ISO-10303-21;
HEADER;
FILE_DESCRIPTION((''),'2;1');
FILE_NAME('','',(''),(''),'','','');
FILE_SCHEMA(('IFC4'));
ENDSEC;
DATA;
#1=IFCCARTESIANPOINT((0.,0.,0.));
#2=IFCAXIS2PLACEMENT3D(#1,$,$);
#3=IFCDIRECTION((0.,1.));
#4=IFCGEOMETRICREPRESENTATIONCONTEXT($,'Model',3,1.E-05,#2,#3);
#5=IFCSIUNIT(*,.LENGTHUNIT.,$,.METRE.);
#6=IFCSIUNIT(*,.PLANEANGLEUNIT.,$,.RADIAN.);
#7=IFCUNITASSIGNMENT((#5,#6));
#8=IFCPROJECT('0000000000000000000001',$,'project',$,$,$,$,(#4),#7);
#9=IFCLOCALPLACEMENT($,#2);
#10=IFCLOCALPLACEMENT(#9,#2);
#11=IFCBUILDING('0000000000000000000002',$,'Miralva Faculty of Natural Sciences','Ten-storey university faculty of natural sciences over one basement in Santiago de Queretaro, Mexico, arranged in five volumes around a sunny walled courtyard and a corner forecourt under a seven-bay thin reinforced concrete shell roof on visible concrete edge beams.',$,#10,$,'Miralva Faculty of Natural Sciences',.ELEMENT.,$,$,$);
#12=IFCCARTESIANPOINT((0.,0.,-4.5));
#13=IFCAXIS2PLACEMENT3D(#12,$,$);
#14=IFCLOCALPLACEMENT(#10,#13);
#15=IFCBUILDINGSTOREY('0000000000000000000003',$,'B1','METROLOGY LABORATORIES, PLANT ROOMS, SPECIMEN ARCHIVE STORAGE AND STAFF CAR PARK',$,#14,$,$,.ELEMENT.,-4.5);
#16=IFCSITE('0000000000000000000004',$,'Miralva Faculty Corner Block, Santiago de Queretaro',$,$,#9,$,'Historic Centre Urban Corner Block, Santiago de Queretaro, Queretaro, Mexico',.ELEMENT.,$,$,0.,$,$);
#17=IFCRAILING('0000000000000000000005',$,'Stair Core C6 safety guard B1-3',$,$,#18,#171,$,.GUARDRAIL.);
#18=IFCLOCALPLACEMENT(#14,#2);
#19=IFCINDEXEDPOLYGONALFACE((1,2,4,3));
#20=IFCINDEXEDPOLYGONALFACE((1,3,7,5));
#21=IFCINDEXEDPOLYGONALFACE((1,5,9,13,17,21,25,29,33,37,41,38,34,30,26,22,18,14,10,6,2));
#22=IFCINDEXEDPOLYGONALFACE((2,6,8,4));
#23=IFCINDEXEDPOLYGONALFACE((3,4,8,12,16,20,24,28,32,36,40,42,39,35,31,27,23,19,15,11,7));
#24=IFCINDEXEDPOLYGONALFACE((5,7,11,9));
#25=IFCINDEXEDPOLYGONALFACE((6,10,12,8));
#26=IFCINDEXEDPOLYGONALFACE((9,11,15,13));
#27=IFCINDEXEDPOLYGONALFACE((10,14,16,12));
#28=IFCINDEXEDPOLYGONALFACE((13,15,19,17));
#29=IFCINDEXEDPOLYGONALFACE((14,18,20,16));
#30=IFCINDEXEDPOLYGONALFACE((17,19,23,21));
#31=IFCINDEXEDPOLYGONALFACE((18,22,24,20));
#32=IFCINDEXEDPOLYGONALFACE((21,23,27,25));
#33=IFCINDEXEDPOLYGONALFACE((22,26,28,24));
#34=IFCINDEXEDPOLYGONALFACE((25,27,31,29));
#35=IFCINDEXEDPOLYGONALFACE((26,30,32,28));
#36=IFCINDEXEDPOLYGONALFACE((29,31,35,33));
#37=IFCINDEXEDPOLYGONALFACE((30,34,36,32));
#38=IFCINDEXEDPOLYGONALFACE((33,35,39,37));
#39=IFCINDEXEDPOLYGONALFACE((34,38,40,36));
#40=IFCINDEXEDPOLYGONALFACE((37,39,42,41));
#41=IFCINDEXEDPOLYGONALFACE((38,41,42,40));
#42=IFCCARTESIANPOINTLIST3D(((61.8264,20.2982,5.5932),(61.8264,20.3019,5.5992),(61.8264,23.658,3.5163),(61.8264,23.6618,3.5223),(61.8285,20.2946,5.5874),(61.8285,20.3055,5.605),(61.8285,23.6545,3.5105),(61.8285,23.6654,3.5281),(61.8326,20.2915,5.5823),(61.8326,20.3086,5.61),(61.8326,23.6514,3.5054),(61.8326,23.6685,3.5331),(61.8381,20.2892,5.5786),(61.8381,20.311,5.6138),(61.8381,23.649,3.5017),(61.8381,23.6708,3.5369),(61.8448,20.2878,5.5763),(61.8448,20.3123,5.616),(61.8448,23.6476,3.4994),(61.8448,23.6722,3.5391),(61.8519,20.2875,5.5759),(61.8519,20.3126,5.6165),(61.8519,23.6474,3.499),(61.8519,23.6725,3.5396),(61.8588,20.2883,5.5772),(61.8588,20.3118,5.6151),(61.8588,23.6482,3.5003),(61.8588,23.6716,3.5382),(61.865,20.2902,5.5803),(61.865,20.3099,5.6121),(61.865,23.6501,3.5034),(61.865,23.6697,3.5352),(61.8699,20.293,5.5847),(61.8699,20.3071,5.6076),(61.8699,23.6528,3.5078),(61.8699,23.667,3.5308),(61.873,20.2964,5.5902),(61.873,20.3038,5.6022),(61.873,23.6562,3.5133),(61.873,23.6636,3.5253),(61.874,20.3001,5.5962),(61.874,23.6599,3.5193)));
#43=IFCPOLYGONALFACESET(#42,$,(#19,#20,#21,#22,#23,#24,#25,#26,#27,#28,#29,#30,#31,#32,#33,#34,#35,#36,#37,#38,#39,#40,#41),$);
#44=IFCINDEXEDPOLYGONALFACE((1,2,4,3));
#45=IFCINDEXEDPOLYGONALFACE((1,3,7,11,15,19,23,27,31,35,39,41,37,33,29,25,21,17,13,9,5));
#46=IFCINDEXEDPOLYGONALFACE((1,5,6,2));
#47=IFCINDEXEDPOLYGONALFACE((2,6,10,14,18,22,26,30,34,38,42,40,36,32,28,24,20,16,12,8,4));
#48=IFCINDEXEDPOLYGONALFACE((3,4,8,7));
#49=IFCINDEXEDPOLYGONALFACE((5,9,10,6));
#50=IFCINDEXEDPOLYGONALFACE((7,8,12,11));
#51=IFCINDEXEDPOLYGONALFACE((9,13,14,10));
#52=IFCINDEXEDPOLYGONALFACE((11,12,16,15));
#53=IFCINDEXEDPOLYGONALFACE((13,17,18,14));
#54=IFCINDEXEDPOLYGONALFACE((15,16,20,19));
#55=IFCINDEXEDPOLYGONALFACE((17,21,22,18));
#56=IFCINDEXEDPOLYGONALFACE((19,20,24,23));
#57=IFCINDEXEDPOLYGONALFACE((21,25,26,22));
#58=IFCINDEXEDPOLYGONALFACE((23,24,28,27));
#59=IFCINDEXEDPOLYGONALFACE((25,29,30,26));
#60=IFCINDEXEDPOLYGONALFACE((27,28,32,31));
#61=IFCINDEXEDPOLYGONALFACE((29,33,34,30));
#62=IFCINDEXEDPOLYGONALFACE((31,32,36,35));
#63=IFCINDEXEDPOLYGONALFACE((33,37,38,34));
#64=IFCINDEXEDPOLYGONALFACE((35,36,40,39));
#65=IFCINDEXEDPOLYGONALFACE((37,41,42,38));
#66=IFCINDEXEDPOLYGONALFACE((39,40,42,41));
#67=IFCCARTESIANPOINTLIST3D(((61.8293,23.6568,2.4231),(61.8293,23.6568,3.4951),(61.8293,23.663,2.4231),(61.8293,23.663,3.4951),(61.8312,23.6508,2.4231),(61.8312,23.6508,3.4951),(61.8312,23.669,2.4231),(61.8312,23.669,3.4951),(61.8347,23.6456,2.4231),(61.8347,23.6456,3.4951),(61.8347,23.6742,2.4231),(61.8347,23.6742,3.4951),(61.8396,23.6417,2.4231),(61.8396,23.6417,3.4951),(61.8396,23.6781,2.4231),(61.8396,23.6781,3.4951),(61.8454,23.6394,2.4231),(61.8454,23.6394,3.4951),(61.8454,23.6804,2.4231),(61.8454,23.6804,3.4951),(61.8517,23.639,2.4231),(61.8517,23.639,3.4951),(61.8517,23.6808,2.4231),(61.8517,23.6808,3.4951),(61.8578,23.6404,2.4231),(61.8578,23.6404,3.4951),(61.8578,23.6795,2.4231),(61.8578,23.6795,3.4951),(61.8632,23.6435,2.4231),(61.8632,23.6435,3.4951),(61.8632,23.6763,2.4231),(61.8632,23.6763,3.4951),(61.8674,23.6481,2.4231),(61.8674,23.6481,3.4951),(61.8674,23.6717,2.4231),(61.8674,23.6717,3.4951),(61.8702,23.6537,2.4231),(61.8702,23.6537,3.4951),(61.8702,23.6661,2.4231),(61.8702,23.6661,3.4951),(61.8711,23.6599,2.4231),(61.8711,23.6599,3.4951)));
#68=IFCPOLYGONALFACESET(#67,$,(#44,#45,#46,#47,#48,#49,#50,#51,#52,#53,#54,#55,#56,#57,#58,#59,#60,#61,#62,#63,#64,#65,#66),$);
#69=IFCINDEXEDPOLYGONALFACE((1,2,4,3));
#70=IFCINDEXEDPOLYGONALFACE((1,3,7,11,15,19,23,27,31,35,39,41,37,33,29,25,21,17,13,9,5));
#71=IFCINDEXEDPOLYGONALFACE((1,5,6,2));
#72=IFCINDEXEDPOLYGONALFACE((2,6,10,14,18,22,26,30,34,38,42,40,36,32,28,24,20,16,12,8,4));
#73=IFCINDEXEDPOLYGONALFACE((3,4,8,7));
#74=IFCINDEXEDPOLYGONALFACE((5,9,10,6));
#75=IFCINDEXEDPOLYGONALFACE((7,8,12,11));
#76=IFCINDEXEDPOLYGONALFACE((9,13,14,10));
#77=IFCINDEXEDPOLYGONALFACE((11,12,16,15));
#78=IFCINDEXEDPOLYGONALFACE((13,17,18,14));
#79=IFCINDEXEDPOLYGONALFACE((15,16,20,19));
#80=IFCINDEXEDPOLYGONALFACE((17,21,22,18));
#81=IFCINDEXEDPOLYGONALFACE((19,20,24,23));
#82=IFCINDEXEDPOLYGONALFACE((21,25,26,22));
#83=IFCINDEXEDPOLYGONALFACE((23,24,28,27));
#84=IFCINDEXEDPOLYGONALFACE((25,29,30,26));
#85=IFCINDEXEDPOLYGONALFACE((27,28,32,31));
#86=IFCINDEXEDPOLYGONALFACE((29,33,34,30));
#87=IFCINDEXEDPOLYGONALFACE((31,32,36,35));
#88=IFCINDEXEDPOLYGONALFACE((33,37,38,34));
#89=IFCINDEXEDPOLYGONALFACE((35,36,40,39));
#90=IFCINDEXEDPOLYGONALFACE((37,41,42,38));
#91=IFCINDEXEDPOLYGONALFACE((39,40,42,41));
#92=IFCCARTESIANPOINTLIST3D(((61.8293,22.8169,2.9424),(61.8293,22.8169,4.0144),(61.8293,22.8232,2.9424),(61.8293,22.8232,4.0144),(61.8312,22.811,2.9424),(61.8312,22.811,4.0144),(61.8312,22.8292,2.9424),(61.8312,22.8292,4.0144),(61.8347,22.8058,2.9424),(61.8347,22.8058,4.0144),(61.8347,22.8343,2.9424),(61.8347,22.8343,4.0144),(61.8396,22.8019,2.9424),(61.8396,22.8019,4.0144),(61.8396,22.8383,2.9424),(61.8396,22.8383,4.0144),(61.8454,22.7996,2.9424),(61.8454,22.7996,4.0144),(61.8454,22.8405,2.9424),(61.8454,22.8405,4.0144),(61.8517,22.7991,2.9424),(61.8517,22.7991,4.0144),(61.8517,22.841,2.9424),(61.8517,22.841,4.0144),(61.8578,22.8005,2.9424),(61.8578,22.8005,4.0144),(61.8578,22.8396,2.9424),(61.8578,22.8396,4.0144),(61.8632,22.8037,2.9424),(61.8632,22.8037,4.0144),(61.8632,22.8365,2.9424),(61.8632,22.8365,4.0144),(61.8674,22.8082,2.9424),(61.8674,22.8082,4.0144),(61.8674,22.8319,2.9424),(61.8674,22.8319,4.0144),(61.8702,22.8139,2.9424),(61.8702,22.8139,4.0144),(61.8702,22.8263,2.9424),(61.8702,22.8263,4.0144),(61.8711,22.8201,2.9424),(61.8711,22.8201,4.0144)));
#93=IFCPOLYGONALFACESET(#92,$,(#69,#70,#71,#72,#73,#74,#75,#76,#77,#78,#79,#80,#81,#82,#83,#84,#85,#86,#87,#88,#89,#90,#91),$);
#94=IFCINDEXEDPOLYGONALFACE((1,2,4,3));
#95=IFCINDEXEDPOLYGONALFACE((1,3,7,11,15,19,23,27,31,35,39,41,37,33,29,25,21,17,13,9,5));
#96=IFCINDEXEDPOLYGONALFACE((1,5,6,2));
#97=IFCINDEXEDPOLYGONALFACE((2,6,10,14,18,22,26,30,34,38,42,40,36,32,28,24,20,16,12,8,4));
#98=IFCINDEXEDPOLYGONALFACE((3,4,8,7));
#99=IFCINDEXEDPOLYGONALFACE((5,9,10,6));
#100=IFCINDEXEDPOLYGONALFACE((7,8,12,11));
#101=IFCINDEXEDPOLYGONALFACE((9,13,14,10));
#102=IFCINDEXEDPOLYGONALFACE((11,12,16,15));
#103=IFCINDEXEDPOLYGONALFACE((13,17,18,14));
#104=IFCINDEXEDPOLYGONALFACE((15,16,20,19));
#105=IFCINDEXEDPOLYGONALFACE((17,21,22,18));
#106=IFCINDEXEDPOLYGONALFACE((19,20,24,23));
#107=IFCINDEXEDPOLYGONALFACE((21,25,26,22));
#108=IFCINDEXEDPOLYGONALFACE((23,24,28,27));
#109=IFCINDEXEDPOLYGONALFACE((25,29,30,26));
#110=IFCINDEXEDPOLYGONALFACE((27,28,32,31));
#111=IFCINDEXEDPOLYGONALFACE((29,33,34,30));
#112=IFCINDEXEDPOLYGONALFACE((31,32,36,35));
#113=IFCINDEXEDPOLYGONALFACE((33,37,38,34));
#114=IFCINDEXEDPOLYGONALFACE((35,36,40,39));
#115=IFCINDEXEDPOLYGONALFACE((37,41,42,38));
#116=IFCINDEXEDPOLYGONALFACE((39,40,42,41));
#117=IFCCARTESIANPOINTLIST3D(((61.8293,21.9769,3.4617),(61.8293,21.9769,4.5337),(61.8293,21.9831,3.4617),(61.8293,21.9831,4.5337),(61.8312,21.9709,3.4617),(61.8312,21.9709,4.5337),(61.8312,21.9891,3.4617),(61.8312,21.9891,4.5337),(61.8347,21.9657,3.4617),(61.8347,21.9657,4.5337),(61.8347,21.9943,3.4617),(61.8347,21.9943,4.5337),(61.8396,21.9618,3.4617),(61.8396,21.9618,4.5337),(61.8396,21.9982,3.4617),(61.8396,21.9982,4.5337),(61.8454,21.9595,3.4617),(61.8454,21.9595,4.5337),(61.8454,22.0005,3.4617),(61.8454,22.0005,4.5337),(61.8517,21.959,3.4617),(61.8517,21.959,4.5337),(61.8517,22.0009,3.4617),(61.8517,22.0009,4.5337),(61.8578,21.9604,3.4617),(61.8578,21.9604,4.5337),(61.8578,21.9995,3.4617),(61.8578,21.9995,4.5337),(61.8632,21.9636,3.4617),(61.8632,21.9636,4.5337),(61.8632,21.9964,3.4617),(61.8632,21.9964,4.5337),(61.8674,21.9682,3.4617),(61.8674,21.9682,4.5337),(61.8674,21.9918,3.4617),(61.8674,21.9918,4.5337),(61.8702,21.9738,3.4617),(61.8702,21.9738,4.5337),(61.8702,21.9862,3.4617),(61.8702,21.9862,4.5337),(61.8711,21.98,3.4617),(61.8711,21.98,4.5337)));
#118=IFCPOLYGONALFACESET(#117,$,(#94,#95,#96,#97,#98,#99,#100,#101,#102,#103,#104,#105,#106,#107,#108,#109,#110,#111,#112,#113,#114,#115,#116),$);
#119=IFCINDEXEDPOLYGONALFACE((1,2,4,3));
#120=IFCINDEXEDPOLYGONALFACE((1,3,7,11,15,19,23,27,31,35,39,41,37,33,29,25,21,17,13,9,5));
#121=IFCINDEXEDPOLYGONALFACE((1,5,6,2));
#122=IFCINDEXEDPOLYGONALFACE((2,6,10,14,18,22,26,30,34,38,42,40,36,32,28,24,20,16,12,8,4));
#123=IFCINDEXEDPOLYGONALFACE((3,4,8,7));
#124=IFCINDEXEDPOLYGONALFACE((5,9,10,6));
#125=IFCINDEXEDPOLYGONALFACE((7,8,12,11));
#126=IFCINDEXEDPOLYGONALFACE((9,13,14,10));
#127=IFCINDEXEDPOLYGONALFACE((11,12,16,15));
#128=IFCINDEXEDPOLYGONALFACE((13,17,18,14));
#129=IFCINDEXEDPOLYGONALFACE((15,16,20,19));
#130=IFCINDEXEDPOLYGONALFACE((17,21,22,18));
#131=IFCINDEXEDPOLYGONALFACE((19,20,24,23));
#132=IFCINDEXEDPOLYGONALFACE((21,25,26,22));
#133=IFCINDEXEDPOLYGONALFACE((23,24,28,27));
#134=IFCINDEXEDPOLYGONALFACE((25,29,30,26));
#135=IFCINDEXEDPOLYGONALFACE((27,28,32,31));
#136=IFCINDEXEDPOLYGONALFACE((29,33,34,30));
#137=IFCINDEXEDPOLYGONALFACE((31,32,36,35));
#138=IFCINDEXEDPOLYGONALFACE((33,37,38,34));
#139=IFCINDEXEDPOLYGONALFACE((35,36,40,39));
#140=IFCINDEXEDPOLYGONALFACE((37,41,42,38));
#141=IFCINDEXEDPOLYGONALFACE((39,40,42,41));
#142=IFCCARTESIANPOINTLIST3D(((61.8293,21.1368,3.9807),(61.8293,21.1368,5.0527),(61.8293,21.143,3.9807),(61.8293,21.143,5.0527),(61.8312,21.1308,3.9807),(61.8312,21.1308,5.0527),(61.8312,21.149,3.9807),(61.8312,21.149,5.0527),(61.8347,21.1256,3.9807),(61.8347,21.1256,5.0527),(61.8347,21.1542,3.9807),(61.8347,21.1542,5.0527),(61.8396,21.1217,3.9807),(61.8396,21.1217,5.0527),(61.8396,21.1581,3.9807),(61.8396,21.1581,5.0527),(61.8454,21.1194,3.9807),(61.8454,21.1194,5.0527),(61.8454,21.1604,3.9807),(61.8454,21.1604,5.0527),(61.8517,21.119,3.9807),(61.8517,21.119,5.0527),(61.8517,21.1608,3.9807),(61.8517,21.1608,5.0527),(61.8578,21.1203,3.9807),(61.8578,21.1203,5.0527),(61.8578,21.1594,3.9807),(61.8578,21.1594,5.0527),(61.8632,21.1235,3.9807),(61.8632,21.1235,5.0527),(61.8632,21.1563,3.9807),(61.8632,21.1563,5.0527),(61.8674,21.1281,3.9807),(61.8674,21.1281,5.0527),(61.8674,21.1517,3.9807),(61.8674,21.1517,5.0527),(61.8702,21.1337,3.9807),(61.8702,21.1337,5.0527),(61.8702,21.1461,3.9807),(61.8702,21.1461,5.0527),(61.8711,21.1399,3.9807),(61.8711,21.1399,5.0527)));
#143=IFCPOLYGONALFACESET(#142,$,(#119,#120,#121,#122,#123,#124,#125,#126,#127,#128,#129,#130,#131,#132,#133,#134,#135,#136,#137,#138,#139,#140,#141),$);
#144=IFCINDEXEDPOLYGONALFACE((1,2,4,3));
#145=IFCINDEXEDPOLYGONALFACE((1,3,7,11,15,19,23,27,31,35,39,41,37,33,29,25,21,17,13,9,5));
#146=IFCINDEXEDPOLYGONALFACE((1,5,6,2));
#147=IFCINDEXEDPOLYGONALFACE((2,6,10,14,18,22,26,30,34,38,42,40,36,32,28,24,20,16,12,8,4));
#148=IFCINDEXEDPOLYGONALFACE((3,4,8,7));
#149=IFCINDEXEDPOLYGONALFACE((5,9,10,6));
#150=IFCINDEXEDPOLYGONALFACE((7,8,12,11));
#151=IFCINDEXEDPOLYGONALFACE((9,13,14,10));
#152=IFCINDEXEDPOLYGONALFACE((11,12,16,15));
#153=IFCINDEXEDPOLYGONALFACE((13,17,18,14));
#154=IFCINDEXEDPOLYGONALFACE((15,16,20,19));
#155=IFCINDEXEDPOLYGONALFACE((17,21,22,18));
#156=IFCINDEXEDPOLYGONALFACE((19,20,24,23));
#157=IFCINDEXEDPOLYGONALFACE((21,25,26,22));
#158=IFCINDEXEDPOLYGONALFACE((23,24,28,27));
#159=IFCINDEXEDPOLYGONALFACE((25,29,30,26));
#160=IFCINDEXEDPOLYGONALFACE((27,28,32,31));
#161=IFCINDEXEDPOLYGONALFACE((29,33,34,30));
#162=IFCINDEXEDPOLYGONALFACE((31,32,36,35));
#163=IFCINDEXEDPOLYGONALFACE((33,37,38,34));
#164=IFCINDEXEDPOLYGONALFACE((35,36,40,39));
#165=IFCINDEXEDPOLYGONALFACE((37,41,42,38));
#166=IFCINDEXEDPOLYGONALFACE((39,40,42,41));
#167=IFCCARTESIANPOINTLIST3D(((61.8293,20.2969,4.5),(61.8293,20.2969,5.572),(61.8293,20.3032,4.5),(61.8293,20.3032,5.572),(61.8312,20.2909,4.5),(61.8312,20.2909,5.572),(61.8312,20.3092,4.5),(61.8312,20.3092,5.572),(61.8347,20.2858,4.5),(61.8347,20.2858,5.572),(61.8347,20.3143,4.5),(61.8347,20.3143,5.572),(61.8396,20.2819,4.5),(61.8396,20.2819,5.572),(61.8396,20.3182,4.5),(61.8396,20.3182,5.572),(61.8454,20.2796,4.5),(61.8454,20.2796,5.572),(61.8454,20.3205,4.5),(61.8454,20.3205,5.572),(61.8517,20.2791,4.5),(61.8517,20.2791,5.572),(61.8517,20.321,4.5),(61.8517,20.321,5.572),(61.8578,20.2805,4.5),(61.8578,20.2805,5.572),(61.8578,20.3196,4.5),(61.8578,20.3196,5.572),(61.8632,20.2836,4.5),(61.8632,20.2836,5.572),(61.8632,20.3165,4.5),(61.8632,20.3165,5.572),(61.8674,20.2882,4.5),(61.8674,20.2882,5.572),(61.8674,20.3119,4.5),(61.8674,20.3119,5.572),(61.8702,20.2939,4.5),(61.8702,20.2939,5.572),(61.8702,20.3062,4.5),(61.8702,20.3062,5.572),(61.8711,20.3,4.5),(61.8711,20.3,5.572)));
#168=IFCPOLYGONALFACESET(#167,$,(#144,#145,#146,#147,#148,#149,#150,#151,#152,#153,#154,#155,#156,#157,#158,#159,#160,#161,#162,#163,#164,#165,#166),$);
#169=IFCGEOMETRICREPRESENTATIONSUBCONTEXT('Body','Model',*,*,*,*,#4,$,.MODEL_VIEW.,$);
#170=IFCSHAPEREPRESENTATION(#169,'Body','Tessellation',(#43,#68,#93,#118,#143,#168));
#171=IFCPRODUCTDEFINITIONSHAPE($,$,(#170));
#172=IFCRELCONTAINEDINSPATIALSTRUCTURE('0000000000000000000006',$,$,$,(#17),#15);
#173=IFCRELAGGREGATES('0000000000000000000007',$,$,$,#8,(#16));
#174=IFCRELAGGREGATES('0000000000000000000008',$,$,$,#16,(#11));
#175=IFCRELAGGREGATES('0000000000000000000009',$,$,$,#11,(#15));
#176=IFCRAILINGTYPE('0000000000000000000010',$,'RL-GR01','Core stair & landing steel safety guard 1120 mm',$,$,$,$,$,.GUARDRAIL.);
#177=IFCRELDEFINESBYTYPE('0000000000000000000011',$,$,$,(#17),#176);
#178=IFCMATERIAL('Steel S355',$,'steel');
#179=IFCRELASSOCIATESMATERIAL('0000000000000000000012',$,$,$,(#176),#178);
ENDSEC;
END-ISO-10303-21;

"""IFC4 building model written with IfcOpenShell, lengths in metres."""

from ifc_helpers import new_model, si_unit, direction, frame, origin, origin_2d, place, context, subcontext, project, spatial, circle, extrude, material, type_object, element, save


model = new_model("IFC4")

# Units and contexts
model_context = context("Model", 3, precision=1e-05, world=origin(), true_north=direction((0.0, 1.0)))
body_context = subcontext(model_context, "Body", "Model", "MODEL_VIEW")
ifc_project = project(units=[si_unit("LENGTHUNIT", "METRE"), si_unit("PLANEANGLEUNIT", "RADIAN")], contexts=[model_context])

# Site, building, storey
site_placement = place(None, origin())
site = spatial("IfcSite", under=ifc_project, at=site_placement, Name="Miralva Faculty Corner Block, Santiago de Queretaro", LongName="Historic Centre Urban Corner Block, Santiago de Queretaro, Queretaro, Mexico", CompositionType="ELEMENT", RefElevation=0.0)
building_placement = place(site_placement, origin())
building = spatial("IfcBuilding", under=site, at=building_placement, Name="Miralva Faculty of Natural Sciences", Description="Ten-storey university faculty of natural sciences over one basement in Santiago de Queretaro, Mexico, arranged in five volumes around a sunny walled courtyard and a corner forecourt under a seven-bay thin reinforced concrete shell roof on visible concrete edge beams.", LongName="Miralva Faculty of Natural Sciences", CompositionType="ELEMENT")
storey_placement = place(building_placement, frame((0.0, 0.0, -4.5)))
storey = spatial("IfcBuildingStorey", under=building, at=storey_placement, Name="B1", Description="METROLOGY LABORATORIES, PLANT ROOMS, SPECIMEN ARCHIVE STORAGE AND STAFF CAR PARK", CompositionType="ELEMENT", Elevation=-4.5)

# Railing
ifc_material_1 = material(Name="Steel S355", Category="steel")
railing_type_1 = type_object("IfcRailingType", Name="RL-GR01", Description="Core stair & landing steel safety guard 1120 mm", PredefinedType="GUARDRAIL", material=ifc_material_1)
railing_1_placement = place(storey_placement, frame((61.8501, 23.6599, 2.4231)))
element("IfcRailing", 1, at=railing_1_placement, inside=storey, type_object=railing_type_1, Name="Stair Core C6 safety guard B1-3", PredefinedType="GUARDRAIL", context=body_context, shape_type="SweptSolid", body=[
    extrude(circle(Radius=0.0239, at=origin_2d()), frame((0.0, 0.0, 1.0962), z_axis=(0.0, -0.850606, 0.525803), x_axis=(1.0, 0.0, 0.0)), (0.0, 0.0, 1.0), 3.95),
    extrude(circle(Radius=0.021, at=origin_2d()), origin(), (0.0, 0.0, 1.0), 1.072),
    extrude(circle(Radius=0.021, at=origin_2d()), frame((0.0, -0.8398, 0.5193)), (0.0, 0.0, 1.0), 1.072),
    extrude(circle(Radius=0.021, at=origin_2d()), frame((0.0, -1.6799, 1.0386)), (0.0, 0.0, 1.0), 1.072),
    extrude(circle(Radius=0.021, at=origin_2d()), frame((0.0, -2.52, 1.5576)), (0.0, 0.0, 1.0), 1.072),
    extrude(circle(Radius=0.021, at=origin_2d()), frame((0.0, -3.3599, 2.0769)), (0.0, 0.0, 1.0), 1.072),
])

save(model, "model.ifc")
